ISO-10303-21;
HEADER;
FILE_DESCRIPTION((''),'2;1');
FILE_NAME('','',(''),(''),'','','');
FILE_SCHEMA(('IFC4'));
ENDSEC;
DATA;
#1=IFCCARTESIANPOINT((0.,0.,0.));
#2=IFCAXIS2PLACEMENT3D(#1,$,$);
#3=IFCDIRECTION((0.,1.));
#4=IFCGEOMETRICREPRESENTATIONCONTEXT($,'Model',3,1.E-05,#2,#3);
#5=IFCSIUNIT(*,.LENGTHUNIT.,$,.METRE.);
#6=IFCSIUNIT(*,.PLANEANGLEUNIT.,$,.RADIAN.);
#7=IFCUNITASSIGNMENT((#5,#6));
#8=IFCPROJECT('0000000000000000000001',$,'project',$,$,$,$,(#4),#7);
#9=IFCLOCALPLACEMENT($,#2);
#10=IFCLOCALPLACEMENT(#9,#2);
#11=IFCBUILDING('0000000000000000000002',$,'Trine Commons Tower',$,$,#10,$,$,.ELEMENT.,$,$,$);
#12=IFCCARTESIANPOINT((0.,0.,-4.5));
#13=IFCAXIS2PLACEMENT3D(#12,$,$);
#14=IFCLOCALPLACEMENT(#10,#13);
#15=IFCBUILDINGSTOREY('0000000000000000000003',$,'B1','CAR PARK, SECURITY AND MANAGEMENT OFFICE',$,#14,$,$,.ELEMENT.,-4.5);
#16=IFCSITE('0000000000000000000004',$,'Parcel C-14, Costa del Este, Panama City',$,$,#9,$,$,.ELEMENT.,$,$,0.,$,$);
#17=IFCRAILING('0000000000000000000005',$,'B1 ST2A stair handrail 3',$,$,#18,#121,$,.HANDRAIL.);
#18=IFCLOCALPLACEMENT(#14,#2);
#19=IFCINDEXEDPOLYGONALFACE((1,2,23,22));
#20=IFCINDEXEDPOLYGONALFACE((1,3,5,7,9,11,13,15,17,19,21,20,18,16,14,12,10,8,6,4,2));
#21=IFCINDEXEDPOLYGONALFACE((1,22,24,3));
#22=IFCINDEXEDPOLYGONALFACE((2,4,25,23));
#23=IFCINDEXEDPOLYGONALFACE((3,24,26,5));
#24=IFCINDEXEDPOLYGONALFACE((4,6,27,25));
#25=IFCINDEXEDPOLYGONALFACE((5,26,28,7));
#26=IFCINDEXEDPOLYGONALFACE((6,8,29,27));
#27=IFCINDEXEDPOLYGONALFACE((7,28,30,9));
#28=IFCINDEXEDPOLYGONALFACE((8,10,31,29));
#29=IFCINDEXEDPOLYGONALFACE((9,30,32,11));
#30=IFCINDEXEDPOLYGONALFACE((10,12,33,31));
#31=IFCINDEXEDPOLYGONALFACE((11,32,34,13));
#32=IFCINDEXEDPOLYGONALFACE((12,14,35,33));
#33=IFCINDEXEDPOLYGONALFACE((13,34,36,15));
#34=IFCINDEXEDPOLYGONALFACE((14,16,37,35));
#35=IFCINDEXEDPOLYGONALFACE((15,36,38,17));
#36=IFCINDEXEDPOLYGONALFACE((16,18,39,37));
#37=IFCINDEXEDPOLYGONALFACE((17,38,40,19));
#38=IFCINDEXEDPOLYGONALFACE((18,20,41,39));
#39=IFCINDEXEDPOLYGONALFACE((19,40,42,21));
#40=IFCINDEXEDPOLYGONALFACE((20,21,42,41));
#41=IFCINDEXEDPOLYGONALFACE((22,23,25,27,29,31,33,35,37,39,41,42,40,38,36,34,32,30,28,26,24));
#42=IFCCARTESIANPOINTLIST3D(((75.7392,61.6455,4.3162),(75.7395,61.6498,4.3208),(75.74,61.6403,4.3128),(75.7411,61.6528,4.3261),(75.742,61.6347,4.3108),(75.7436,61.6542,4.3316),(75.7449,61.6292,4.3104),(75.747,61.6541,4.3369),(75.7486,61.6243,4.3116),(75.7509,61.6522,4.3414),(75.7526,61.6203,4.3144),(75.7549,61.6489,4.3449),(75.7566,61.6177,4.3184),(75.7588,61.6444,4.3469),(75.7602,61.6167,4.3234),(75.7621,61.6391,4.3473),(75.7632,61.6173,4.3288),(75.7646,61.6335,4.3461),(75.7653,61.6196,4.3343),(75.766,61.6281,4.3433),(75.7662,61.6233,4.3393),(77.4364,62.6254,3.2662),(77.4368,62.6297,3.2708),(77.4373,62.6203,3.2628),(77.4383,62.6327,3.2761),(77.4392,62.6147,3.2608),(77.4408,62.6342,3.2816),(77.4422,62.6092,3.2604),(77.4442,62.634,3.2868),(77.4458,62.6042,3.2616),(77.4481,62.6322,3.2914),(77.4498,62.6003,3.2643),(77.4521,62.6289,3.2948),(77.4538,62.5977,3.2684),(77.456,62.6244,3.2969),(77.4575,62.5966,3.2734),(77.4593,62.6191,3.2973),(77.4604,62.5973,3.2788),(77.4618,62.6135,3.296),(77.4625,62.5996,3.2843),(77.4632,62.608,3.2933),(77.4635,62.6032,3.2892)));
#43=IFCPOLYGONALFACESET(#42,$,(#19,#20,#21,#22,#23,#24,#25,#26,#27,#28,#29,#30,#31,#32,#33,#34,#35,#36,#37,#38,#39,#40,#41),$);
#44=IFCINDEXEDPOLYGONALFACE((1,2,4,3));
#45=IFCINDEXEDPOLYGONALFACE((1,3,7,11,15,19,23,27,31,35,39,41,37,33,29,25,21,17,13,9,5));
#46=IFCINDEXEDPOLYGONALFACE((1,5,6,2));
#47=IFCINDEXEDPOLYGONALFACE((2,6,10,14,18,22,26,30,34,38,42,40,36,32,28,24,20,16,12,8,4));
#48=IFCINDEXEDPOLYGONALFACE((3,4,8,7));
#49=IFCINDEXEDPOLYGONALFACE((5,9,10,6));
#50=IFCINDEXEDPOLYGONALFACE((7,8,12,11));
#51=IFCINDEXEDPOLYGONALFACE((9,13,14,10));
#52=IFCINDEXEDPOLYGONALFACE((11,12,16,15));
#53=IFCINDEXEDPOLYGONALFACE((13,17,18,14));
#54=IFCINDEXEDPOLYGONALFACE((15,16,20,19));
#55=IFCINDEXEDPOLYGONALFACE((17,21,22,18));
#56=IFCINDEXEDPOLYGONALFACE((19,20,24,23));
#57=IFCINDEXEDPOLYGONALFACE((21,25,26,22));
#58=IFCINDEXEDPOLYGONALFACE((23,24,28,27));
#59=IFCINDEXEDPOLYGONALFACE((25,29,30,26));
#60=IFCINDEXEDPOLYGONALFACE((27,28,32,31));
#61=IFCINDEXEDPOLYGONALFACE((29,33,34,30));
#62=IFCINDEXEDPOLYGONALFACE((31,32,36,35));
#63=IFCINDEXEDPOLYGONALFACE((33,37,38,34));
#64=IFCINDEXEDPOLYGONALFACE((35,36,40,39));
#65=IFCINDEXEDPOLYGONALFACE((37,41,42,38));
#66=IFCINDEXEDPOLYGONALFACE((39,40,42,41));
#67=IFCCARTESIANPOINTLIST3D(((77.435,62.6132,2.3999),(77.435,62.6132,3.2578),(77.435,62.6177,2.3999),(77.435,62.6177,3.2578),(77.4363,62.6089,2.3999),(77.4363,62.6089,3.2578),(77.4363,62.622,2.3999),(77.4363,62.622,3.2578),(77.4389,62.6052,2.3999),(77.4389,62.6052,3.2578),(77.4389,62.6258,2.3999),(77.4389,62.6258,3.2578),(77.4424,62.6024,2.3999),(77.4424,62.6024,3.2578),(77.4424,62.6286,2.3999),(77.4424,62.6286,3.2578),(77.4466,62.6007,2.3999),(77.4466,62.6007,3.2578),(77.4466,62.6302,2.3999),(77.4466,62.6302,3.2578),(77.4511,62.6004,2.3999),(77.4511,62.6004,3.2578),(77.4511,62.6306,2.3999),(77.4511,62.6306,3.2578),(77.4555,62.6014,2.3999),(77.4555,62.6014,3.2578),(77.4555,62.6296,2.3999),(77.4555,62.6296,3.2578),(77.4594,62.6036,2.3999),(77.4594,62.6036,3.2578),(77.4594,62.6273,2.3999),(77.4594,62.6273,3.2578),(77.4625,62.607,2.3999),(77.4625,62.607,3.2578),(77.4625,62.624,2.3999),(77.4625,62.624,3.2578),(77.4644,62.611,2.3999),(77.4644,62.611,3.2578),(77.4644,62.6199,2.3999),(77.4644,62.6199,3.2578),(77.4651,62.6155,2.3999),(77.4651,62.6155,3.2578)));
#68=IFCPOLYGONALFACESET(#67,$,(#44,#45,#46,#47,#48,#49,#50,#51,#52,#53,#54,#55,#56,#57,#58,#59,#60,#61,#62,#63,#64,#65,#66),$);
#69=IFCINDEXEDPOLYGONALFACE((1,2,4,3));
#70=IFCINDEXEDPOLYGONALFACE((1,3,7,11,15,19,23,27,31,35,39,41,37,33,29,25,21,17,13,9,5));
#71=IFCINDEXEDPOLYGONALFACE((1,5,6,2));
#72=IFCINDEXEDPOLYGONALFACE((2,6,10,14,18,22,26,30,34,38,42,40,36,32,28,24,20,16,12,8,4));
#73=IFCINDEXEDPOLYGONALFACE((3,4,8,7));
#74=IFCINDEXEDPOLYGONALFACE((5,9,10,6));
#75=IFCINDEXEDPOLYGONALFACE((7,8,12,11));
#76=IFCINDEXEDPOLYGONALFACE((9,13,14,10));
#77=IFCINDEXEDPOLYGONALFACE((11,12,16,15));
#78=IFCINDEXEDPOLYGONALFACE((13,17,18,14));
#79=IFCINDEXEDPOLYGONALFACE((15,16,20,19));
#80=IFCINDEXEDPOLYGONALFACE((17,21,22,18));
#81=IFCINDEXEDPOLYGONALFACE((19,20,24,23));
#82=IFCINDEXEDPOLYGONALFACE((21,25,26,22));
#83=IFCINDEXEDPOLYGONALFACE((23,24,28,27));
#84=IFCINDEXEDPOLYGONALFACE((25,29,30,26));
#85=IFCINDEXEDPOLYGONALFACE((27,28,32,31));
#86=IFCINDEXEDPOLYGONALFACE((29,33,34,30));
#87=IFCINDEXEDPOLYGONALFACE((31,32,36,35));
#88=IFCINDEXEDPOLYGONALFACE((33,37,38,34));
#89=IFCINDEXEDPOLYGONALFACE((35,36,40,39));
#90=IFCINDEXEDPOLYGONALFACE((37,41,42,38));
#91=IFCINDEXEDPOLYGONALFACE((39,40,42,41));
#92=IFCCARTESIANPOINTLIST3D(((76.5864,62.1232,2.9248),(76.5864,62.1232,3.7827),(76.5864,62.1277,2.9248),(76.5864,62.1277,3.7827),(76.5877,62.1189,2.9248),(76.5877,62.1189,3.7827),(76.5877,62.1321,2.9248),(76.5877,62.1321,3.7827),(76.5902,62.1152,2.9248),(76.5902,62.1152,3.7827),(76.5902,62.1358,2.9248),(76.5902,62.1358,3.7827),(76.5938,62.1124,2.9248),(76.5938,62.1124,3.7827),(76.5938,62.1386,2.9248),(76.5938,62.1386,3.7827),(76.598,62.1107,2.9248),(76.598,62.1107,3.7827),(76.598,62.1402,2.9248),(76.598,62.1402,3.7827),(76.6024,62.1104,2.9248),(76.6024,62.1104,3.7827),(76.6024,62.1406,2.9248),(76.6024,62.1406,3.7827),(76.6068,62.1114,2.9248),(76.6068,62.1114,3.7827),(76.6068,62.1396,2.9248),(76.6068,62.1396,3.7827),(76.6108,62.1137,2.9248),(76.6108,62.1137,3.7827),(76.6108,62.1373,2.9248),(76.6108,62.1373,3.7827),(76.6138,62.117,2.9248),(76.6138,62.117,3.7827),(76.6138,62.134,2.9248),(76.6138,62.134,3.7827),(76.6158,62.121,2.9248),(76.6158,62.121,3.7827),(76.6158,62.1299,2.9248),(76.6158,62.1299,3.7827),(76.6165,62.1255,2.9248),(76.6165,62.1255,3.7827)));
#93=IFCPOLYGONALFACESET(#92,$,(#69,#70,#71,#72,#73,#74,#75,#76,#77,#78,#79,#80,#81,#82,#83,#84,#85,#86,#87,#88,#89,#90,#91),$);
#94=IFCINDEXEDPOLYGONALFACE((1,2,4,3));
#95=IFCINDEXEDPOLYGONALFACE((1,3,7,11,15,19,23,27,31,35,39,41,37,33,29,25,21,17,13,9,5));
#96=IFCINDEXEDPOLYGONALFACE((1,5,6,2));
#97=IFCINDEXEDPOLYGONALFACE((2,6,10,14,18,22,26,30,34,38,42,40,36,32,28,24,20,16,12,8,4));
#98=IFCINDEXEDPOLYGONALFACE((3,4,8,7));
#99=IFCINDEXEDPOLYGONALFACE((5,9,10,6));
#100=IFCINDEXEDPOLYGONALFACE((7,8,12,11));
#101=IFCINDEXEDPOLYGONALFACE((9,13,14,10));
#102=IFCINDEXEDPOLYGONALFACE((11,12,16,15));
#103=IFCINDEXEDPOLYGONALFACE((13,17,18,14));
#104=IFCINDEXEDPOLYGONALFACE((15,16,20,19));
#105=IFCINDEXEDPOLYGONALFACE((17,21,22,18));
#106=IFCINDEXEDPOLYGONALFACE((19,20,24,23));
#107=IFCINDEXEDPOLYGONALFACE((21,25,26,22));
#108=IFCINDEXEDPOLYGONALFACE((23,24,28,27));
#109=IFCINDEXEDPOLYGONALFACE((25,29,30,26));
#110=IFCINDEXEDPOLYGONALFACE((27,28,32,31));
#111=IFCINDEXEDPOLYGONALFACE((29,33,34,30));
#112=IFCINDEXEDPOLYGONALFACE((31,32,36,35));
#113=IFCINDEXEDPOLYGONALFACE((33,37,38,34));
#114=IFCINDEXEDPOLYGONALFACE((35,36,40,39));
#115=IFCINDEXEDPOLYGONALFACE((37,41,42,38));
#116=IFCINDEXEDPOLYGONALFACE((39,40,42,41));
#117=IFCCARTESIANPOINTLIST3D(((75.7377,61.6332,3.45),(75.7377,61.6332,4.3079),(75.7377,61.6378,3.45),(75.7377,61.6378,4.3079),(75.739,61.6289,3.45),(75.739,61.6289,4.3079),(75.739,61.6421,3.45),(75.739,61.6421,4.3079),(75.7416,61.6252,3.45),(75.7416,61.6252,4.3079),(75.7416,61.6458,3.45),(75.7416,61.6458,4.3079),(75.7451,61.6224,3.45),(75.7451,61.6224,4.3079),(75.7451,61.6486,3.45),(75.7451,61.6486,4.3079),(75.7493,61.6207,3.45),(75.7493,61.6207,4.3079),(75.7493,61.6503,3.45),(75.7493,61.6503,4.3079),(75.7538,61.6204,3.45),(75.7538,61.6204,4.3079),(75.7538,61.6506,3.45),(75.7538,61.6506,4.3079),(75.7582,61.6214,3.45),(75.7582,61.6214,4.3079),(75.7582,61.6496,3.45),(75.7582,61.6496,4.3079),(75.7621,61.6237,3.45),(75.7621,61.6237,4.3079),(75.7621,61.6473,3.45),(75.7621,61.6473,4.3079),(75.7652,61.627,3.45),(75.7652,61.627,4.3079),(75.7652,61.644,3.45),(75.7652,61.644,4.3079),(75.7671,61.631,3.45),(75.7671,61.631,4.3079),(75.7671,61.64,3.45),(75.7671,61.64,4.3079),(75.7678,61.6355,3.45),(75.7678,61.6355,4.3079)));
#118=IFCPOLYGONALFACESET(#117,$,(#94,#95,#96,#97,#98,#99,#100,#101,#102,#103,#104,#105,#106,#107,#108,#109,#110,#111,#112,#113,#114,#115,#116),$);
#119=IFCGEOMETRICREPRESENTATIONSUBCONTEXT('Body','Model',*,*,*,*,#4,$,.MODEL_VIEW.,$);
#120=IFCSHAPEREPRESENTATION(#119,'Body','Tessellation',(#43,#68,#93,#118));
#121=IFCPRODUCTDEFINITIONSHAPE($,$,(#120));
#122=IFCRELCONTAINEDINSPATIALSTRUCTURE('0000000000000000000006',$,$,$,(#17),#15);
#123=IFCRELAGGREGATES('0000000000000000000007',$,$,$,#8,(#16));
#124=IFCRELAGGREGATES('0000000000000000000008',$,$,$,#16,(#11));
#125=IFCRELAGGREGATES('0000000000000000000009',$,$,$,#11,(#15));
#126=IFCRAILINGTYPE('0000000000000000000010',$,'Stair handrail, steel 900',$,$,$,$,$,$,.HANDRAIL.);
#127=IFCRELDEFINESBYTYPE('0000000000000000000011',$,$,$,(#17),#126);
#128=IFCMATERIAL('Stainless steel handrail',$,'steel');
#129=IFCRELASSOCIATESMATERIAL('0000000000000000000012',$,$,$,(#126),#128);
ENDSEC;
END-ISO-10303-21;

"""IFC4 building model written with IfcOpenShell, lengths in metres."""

from ifc_helpers import new_model, si_unit, direction, frame, origin, origin_2d, place, context, subcontext, project, spatial, circle, extrude, material, type_object, element, save


model = new_model("IFC4")

# Units and contexts
model_context = context("Model", 3, precision=1e-05, world=origin(), true_north=direction((0.0, 1.0)))
body_context = subcontext(model_context, "Body", "Model", "MODEL_VIEW")
ifc_project = project(units=[si_unit("LENGTHUNIT", "METRE"), si_unit("PLANEANGLEUNIT", "RADIAN")], contexts=[model_context])

# Site, building, storey
site_placement = place(None, origin())
site = spatial("IfcSite", under=ifc_project, at=site_placement, Name="Parcel C-14, Costa del Este, Panama City", CompositionType="ELEMENT", RefElevation=0.0)
building_placement = place(site_placement, origin())
building = spatial("IfcBuilding", under=site, at=building_placement, Name="Trine Commons Tower", CompositionType="ELEMENT")
storey_placement = place(building_placement, frame((0.0, 0.0, -4.5)))
storey = spatial("IfcBuildingStorey", under=building, at=storey_placement, Name="B1", Description="CAR PARK, SECURITY AND MANAGEMENT OFFICE", CompositionType="ELEMENT", Elevation=-4.5)

# Railing
ifc_material_1 = material(Name="Stainless steel handrail", Category="steel")
railing_type_1 = type_object("IfcRailingType", Name="Stair handrail, steel 900", PredefinedType="HANDRAIL", material=ifc_material_1)
railing_1_placement = place(storey_placement, frame((77.45, 62.6155, 2.3999)))
element("IfcRailing", 1, at=railing_1_placement, inside=storey, type_object=railing_type_1, Name="B1 ST2A stair handrail 3", PredefinedType="HANDRAIL", context=body_context, shape_type="SweptSolid", body=[
    extrude(circle(Radius=0.021, at=origin_2d()), frame((0.0, 0.0, 0.8789), z_axis=(-0.763352, -0.44075, 0.472264), x_axis=(0.500024, -0.866011, 0.0)), (0.0, 0.0, 1.0), 2.2234),
    extrude(circle(Radius=0.0151, at=origin_2d()), origin(), (0.0, 0.0, 1.0), 0.8579),
    extrude(circle(Radius=0.0151, at=origin_2d()), frame((-0.8486, -0.49, 0.5249)), (0.0, 0.0, 1.0), 0.8579),
    extrude(circle(Radius=0.0151, at=origin_2d()), frame((-1.6973, -0.98, 1.05)), (0.0, 0.0, 1.0), 0.8579),
])

save(model, "model.ifc")
